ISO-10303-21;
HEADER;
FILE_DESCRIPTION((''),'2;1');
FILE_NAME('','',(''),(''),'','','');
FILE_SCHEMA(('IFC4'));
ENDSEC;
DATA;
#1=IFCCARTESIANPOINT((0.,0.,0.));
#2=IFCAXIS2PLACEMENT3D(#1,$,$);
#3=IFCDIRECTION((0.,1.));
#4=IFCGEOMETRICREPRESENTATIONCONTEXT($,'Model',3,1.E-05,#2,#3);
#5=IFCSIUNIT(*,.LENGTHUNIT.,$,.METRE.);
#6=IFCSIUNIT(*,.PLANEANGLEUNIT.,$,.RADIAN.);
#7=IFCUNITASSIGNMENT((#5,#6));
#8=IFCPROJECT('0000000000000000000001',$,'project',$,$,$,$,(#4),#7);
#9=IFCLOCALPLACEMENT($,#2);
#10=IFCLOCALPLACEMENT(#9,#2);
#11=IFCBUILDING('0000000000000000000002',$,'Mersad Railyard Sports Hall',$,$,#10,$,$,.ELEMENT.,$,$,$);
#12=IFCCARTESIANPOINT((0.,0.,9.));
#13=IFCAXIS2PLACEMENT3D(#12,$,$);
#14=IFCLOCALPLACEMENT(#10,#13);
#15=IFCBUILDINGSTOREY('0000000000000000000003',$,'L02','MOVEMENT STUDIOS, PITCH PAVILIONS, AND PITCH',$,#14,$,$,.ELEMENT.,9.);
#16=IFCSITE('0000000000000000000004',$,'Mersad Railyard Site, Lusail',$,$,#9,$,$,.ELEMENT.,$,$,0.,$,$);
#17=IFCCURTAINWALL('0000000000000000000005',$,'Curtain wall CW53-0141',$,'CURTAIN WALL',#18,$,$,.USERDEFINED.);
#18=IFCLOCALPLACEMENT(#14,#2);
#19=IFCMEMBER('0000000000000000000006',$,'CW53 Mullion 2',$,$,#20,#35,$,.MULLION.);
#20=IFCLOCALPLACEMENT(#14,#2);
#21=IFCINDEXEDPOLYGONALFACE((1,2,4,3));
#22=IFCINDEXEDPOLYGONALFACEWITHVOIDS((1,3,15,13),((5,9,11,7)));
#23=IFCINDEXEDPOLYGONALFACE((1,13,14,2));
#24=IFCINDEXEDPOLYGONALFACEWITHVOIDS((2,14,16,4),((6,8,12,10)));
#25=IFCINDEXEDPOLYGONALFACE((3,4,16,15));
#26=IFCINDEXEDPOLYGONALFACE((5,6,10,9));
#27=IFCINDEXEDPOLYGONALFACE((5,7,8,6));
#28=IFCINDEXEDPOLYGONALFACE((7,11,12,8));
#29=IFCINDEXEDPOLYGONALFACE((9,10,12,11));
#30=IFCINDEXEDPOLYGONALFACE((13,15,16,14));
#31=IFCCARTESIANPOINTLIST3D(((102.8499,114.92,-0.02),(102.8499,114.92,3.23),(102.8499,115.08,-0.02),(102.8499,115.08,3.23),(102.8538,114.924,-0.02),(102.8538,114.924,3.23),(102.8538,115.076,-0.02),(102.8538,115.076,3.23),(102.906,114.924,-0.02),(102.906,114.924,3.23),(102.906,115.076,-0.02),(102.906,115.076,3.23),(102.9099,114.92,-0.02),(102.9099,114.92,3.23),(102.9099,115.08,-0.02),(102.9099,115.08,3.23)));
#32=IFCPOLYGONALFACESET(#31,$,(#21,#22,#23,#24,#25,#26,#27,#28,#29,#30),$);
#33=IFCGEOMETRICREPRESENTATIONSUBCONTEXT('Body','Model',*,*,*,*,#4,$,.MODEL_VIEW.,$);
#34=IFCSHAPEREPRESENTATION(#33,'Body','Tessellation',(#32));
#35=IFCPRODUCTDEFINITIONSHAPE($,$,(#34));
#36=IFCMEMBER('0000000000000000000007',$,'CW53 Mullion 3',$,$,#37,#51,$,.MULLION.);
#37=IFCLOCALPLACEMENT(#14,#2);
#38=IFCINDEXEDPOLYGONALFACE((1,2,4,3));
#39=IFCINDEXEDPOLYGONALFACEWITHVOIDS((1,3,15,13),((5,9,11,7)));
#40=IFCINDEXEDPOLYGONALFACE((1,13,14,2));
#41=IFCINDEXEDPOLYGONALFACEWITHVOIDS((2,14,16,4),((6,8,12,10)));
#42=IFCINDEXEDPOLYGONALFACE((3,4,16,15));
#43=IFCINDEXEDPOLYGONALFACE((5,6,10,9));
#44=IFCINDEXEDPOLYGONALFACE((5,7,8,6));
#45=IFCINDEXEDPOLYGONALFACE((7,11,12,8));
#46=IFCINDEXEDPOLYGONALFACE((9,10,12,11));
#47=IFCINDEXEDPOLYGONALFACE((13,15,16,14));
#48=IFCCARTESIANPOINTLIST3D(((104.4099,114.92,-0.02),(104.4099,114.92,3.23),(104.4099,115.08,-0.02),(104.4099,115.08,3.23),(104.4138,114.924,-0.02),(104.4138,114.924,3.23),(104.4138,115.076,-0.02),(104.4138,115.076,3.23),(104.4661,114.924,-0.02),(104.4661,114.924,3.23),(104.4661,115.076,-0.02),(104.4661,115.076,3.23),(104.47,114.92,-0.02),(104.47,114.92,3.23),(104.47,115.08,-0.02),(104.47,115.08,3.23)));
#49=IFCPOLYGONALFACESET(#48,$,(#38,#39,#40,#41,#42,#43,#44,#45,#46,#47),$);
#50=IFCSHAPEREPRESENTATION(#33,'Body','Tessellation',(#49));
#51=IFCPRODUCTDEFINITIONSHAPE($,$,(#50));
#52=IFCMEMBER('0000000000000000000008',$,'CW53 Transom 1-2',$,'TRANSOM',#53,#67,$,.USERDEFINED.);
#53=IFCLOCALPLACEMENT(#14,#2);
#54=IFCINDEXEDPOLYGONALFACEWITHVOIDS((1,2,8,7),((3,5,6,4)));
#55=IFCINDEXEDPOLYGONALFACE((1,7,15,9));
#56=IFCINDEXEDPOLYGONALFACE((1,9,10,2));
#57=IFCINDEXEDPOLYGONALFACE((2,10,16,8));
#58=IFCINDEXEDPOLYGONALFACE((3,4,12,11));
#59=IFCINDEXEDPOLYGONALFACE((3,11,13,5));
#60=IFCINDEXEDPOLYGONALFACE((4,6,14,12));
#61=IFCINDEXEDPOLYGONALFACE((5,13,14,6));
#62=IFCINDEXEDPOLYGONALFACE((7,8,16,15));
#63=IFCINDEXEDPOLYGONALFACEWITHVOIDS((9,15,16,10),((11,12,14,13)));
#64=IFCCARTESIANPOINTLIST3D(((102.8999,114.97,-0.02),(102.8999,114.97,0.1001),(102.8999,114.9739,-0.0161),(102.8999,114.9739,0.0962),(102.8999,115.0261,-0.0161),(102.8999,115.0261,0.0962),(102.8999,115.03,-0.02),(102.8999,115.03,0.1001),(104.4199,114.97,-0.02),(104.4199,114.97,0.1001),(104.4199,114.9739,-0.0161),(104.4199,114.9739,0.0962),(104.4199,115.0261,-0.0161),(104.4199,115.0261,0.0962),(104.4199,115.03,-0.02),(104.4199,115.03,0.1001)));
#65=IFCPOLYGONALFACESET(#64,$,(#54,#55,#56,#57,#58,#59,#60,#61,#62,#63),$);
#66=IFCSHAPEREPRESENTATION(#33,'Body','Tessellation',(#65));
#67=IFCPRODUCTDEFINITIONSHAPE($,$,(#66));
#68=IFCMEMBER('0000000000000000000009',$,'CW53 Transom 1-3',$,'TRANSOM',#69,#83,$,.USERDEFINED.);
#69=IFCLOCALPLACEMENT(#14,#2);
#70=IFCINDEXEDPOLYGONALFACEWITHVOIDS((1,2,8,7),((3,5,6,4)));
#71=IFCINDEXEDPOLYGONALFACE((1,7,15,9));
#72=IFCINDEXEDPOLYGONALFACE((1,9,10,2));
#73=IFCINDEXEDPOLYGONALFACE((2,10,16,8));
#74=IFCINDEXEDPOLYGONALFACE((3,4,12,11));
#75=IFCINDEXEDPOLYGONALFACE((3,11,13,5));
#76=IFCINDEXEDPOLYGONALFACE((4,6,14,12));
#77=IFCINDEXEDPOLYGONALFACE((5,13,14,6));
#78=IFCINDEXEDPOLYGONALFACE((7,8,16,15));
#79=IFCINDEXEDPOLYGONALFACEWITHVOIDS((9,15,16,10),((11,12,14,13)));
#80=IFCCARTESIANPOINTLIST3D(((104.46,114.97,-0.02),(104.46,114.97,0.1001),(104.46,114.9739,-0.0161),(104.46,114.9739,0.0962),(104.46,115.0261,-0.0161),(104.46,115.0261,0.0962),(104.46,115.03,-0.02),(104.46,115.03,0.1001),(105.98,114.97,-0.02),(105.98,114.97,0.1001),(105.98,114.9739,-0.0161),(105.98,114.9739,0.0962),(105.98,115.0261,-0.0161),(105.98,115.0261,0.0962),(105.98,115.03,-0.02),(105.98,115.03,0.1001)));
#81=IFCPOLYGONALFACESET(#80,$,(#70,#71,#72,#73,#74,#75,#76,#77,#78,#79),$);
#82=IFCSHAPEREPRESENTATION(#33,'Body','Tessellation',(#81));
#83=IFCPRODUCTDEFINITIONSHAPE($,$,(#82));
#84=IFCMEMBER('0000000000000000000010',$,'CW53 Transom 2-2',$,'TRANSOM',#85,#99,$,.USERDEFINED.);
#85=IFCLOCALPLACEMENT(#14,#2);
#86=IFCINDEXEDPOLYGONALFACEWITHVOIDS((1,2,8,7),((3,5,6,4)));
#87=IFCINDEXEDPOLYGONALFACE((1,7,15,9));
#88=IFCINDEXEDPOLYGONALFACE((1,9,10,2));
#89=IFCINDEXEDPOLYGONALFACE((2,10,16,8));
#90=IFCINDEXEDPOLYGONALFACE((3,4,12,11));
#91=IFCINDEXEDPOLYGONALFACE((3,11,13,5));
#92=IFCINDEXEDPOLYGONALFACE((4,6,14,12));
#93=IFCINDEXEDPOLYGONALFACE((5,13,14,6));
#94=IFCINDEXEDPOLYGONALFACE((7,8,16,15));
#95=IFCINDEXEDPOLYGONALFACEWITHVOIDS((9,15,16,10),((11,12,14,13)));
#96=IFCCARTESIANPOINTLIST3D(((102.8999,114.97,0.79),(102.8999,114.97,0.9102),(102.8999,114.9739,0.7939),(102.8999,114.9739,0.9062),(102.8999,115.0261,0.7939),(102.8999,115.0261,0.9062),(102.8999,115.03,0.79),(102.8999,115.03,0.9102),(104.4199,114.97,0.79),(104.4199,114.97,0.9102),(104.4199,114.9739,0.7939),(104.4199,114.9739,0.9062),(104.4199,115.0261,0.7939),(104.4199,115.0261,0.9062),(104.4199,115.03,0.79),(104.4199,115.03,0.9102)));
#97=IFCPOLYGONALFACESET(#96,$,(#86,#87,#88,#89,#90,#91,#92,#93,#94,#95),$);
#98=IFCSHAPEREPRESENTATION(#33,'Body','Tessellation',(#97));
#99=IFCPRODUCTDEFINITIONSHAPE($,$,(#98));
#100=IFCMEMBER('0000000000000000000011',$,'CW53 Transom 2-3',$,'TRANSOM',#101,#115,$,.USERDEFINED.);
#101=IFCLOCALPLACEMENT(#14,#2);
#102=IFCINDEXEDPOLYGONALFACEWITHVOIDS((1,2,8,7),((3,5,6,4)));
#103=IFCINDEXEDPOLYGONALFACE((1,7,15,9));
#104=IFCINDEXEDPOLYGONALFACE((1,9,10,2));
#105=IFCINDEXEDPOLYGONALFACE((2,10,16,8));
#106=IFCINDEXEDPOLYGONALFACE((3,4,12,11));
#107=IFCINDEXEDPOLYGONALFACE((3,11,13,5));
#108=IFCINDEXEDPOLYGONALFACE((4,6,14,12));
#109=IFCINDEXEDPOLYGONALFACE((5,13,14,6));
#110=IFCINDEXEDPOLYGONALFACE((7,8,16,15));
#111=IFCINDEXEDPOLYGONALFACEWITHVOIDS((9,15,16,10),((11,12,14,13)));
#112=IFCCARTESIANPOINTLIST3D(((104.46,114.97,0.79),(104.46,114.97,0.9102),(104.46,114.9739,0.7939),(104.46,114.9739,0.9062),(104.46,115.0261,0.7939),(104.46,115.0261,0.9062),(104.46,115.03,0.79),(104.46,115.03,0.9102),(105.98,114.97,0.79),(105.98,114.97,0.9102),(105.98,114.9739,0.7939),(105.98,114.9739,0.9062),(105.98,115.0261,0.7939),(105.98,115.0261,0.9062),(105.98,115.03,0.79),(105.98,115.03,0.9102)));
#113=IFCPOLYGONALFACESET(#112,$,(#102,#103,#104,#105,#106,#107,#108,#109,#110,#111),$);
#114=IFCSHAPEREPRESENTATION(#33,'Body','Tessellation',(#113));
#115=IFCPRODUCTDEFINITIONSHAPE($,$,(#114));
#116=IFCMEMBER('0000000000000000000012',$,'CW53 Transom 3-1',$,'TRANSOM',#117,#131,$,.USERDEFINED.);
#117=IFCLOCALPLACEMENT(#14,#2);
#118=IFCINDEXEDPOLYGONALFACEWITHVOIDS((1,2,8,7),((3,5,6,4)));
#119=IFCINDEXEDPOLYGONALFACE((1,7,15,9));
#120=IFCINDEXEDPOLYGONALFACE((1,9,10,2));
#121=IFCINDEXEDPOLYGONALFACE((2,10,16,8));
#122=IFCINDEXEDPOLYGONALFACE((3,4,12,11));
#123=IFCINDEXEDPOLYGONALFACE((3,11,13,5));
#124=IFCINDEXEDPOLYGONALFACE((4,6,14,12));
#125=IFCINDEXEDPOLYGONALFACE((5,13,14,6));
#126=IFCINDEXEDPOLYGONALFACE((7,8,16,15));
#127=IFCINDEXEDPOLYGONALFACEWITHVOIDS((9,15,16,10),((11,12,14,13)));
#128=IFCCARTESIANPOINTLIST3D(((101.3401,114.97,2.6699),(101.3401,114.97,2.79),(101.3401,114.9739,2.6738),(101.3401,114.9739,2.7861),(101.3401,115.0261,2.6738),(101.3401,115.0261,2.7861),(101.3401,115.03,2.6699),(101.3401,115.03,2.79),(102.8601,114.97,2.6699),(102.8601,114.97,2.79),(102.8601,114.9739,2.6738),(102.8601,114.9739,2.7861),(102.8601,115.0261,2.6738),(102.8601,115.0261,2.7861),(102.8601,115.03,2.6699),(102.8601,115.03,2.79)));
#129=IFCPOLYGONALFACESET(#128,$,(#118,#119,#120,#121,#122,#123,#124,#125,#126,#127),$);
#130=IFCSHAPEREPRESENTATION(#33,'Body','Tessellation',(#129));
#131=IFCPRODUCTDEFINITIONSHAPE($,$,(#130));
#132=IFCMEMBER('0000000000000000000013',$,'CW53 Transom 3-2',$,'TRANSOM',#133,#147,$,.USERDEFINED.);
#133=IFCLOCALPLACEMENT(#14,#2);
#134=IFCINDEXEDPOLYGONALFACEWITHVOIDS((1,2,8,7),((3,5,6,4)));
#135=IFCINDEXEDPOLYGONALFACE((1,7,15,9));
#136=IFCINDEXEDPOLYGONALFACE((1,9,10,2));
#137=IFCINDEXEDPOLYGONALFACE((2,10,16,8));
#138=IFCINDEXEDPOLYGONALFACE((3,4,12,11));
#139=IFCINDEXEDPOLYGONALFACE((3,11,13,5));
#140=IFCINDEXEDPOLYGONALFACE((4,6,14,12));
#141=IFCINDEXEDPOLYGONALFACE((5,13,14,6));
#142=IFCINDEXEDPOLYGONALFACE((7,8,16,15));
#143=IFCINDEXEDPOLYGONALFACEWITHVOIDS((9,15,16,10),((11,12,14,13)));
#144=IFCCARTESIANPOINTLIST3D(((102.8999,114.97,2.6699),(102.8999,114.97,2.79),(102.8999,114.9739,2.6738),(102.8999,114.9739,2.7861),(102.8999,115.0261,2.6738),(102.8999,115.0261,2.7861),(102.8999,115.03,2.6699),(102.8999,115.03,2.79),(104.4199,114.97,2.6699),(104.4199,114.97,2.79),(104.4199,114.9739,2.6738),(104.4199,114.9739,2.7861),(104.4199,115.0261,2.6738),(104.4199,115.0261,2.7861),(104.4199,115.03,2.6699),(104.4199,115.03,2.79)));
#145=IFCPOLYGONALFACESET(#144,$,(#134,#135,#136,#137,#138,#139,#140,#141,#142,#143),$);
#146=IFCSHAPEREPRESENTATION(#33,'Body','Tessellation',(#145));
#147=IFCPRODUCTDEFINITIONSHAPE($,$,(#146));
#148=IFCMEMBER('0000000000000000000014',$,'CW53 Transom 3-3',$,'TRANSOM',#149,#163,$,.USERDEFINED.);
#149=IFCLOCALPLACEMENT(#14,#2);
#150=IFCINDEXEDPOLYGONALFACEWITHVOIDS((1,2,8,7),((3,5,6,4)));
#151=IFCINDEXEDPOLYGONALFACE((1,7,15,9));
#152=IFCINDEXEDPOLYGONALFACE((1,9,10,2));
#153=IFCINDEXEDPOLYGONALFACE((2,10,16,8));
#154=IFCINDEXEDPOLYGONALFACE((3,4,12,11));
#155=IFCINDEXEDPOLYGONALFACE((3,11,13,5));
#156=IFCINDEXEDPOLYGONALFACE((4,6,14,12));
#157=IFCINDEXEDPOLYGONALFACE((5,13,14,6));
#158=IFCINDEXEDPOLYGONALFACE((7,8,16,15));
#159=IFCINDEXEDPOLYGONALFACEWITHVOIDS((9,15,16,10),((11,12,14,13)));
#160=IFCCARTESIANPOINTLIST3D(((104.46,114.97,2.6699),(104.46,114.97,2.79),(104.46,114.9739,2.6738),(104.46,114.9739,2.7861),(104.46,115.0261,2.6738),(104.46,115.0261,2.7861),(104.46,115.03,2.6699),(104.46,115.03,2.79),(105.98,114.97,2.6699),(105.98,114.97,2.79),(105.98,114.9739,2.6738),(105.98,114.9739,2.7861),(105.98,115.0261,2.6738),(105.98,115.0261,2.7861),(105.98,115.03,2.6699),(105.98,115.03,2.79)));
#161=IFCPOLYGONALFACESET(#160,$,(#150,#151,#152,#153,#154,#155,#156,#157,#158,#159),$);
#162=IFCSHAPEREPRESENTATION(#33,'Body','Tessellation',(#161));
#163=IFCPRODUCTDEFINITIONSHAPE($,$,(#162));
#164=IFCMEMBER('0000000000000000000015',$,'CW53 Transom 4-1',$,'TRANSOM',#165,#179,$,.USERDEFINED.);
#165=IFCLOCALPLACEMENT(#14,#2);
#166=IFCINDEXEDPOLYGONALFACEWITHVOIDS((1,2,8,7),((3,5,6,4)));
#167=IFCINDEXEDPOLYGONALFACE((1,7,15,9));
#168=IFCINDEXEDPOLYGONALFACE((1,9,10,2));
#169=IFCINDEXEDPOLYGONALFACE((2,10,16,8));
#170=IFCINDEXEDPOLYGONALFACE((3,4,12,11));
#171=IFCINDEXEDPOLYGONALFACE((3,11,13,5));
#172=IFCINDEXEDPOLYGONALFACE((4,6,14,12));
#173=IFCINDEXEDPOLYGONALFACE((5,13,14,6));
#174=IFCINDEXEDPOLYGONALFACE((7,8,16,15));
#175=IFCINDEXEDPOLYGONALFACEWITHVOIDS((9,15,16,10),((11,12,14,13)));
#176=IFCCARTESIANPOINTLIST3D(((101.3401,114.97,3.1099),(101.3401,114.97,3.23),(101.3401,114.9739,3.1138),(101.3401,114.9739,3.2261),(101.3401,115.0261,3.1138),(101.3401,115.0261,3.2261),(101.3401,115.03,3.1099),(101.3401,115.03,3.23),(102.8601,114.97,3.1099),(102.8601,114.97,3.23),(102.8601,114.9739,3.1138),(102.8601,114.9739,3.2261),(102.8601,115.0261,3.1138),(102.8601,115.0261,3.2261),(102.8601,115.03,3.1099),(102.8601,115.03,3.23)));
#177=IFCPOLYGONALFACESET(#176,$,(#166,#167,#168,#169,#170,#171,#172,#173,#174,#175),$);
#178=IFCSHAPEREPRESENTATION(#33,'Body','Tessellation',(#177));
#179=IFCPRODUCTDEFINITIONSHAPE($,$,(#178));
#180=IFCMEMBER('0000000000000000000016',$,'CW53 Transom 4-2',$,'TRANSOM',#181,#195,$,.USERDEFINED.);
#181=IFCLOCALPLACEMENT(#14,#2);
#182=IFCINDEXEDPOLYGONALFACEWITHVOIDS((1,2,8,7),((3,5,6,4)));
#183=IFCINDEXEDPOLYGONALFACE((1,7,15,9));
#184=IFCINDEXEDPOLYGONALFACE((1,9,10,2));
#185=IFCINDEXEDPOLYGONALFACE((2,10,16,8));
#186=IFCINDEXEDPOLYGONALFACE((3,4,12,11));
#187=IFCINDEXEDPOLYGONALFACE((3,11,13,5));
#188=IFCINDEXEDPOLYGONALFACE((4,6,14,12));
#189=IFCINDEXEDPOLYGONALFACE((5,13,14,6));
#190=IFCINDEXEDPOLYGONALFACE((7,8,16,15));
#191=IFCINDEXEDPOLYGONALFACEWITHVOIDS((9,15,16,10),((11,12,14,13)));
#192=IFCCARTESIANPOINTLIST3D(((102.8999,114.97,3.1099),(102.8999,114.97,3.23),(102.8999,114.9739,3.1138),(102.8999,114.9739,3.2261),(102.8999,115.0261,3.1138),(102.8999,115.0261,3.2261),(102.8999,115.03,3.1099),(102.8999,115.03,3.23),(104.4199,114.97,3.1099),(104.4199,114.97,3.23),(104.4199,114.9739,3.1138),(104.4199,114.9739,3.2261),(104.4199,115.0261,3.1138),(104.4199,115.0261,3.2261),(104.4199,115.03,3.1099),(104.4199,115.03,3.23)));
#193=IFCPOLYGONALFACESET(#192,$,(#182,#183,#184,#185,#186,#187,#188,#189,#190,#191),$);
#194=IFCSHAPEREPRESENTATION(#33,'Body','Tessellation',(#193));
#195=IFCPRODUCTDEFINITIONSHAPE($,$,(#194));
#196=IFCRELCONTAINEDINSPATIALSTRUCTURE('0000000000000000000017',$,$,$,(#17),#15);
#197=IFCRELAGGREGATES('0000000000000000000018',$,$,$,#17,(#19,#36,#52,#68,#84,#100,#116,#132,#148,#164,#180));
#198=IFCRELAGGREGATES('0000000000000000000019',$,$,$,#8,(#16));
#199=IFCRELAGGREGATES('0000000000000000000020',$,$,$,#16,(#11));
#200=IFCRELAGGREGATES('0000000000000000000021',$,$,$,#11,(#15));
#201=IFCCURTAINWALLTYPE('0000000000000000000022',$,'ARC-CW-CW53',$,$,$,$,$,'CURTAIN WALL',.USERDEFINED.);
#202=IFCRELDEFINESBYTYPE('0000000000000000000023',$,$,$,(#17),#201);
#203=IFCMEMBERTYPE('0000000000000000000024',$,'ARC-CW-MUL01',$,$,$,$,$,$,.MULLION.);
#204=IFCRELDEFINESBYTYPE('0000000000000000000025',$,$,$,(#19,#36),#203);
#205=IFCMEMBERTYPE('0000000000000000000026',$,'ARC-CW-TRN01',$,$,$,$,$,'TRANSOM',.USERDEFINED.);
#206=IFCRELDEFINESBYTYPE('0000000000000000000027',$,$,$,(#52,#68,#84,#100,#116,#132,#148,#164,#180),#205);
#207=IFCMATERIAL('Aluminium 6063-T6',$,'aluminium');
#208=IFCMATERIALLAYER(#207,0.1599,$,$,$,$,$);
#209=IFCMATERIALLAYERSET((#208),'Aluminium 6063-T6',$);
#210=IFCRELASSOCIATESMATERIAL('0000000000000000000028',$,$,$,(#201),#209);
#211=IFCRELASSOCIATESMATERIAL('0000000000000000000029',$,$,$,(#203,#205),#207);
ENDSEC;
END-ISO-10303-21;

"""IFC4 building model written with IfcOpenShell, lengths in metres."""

from ifc_helpers import new_model, si_unit, direction, frame, origin, origin_2d, place, context, subcontext, project, spatial, hollow_rectangle, extrude, material, layer, layer_set, material_profile, profile_set, type_object, element, aggregate, save


model = new_model("IFC4")

# Units and contexts
model_context = context("Model", 3, precision=1e-05, world=origin(), true_north=direction((0.0, 1.0)))
body_context = subcontext(model_context, "Body", "Model", "MODEL_VIEW")
ifc_project = project(units=[si_unit("LENGTHUNIT", "METRE"), si_unit("PLANEANGLEUNIT", "RADIAN")], contexts=[model_context])

# Site, building, storey
site_placement = place(None, origin())
site = spatial("IfcSite", under=ifc_project, at=site_placement, Name="Mersad Railyard Site, Lusail", CompositionType="ELEMENT", RefElevation=0.0)
building_placement = place(site_placement, origin())
building = spatial("IfcBuilding", under=site, at=building_placement, Name="Mersad Railyard Sports Hall", CompositionType="ELEMENT")
storey_placement = place(building_placement, frame((0.0, 0.0, 9.0)))
storey = spatial("IfcBuildingStorey", under=building, at=storey_placement, Name="L02", Description="MOVEMENT STUDIOS, PITCH PAVILIONS, AND PITCH", CompositionType="ELEMENT", Elevation=9.0)

# Curtain wall, members
ifc_material_1 = material(Name="Aluminium 6063-T6", Category="aluminium")
ifc_layer_1 = layer(ifc_material_1, 0.1599)
ifc_layer_set_1 = layer_set([ifc_layer_1], Name="Aluminium 6063-T6")
curtain_wall_type = type_object("IfcCurtainWallType", Name="ARC-CW-CW53", ElementType="CURTAIN WALL", PredefinedType="USERDEFINED", material=ifc_layer_set_1)
curtain_wall_placement = place(storey_placement, origin())
curtain_wall = element("IfcCurtainWall", 1, at=curtain_wall_placement, inside=storey, type_object=curtain_wall_type, Name="Curtain wall CW53-0141", ObjectType="CURTAIN WALL", PredefinedType="USERDEFINED")
ifc_material_profile_1 = material_profile(ifc_material_1, hollow_rectangle(XDim=0.0601, YDim=0.1599, WallThickness=0.0039, at=origin_2d()), Name="AL MULLION 60x160x4")
ifc_profile_set_1 = profile_set([ifc_material_profile_1], Name="Aluminium 6063-T6")
member_type_1 = type_object("IfcMemberType", Name="ARC-CW-MUL01", PredefinedType="MULLION", material=ifc_profile_set_1)
member_1_placement = place(storey_placement, frame((102.8799, 115.0, -0.02), z_axis=(0.0, 0.0, 1.0), x_axis=(1.0, 0.0, 0.0)))
member_1 = element("IfcMember", 2, at=member_1_placement, type_object=member_type_1, Name="CW53 Mullion 2", PredefinedType="MULLION", context=body_context, shape_type="SweptSolid", body=[
    extrude(hollow_rectangle(XDim=0.0601, YDim=0.1599, WallThickness=0.0039, at=origin_2d()), origin(), (0.0, 0.0, 1.0), 3.25),
])
member_2_placement = place(storey_placement, frame((104.4399, 115.0, -0.02), z_axis=(0.0, 0.0, 1.0), x_axis=(1.0, 0.0, 0.0)))
member_2 = element("IfcMember", 3, at=member_2_placement, type_object=member_type_1, Name="CW53 Mullion 3", PredefinedType="MULLION", context=body_context, shape_type="SweptSolid", body=[
    extrude(hollow_rectangle(XDim=0.0601, YDim=0.1599, WallThickness=0.0039, at=origin_2d()), origin(), (0.0, 0.0, 1.0), 3.25),
])
ifc_material_profile_2 = material_profile(ifc_material_1, hollow_rectangle(XDim=0.0601, YDim=0.1201, WallThickness=0.0039, at=origin_2d()), Name="AL TRANSOM 60x120x4")
ifc_profile_set_2 = profile_set([ifc_material_profile_2], Name="Aluminium 6063-T6")
member_type_2 = type_object("IfcMemberType", Name="ARC-CW-TRN01", ElementType="TRANSOM", PredefinedType="USERDEFINED", material=ifc_profile_set_2)
member_3_placement = place(storey_placement, frame((102.8999, 115.0, 0.04), z_axis=(1.0, 0.0, 0.0), x_axis=(0.0, 1.0, 0.0)))
member_3 = element("IfcMember", 4, at=member_3_placement, type_object=member_type_2, Name="CW53 Transom 1-2", ObjectType="TRANSOM", PredefinedType="USERDEFINED", context=body_context, shape_type="SweptSolid", body=[
    extrude(hollow_rectangle(XDim=0.0601, YDim=0.1201, WallThickness=0.0039, at=origin_2d()), origin(), (0.0, 0.0, 1.0), 1.52),
])
member_4_placement = place(storey_placement, frame((104.46, 115.0, 0.04), z_axis=(1.0, 0.0, 0.0), x_axis=(0.0, 1.0, 0.0)))
member_4 = element("IfcMember", 5, at=member_4_placement, type_object=member_type_2, Name="CW53 Transom 1-3", ObjectType="TRANSOM", PredefinedType="USERDEFINED", context=body_context, shape_type="SweptSolid", body=[
    extrude(hollow_rectangle(XDim=0.0601, YDim=0.1201, WallThickness=0.0039, at=origin_2d()), origin(), (0.0, 0.0, 1.0), 1.52),
])
member_5_placement = place(storey_placement, frame((102.8999, 115.0, 0.8501), z_axis=(1.0, 0.0, 0.0), x_axis=(0.0, 1.0, 0.0)))
member_5 = element("IfcMember", 6, at=member_5_placement, type_object=member_type_2, Name="CW53 Transom 2-2", ObjectType="TRANSOM", PredefinedType="USERDEFINED", context=body_context, shape_type="SweptSolid", body=[
    extrude(hollow_rectangle(XDim=0.0601, YDim=0.1201, WallThickness=0.0039, at=origin_2d()), origin(), (0.0, 0.0, 1.0), 1.52),
])
member_6_placement = place(storey_placement, frame((104.46, 115.0, 0.8501), z_axis=(1.0, 0.0, 0.0), x_axis=(0.0, 1.0, 0.0)))
member_6 = element("IfcMember", 7, at=member_6_placement, type_object=member_type_2, Name="CW53 Transom 2-3", ObjectType="TRANSOM", PredefinedType="USERDEFINED", context=body_context, shape_type="SweptSolid", body=[
    extrude(hollow_rectangle(XDim=0.0601, YDim=0.1201, WallThickness=0.0039, at=origin_2d()), origin(), (0.0, 0.0, 1.0), 1.52),
])
member_7_placement = place(storey_placement, frame((101.3401, 115.0, 2.73), z_axis=(1.0, 0.0, 0.0), x_axis=(0.0, 1.0, 0.0)))
member_7 = element("IfcMember", 8, at=member_7_placement, type_object=member_type_2, Name="CW53 Transom 3-1", ObjectType="TRANSOM", PredefinedType="USERDEFINED", context=body_context, shape_type="SweptSolid", body=[
    extrude(hollow_rectangle(XDim=0.0601, YDim=0.1201, WallThickness=0.0039, at=origin_2d()), origin(), (0.0, 0.0, 1.0), 1.52),
])
member_8_placement = place(storey_placement, frame((102.8999, 115.0, 2.73), z_axis=(1.0, 0.0, 0.0), x_axis=(0.0, 1.0, 0.0)))
member_8 = element("IfcMember", 9, at=member_8_placement, type_object=member_type_2, Name="CW53 Transom 3-2", ObjectType="TRANSOM", PredefinedType="USERDEFINED", context=body_context, shape_type="SweptSolid", body=[
    extrude(hollow_rectangle(XDim=0.0601, YDim=0.1201, WallThickness=0.0039, at=origin_2d()), origin(), (0.0, 0.0, 1.0), 1.52),
])
member_9_placement = place(storey_placement, frame((104.46, 115.0, 2.73), z_axis=(1.0, 0.0, 0.0), x_axis=(0.0, 1.0, 0.0)))
member_9 = element("IfcMember", 10, at=member_9_placement, type_object=member_type_2, Name="CW53 Transom 3-3", ObjectType="TRANSOM", PredefinedType="USERDEFINED", context=body_context, shape_type="SweptSolid", body=[
    extrude(hollow_rectangle(XDim=0.0601, YDim=0.1201, WallThickness=0.0039, at=origin_2d()), origin(), (0.0, 0.0, 1.0), 1.52),
])
member_10_placement = place(storey_placement, frame((101.3401, 115.0, 3.1699), z_axis=(1.0, 0.0, 0.0), x_axis=(0.0, 1.0, 0.0)))
member_10 = element("IfcMember", 11, at=member_10_placement, type_object=member_type_2, Name="CW53 Transom 4-1", ObjectType="TRANSOM", PredefinedType="USERDEFINED", context=body_context, shape_type="SweptSolid", body=[
    extrude(hollow_rectangle(XDim=0.0601, YDim=0.1201, WallThickness=0.0039, at=origin_2d()), origin(), (0.0, 0.0, 1.0), 1.52),
])
member_11_placement = place(storey_placement, frame((102.8999, 115.0, 3.1699), z_axis=(1.0, 0.0, 0.0), x_axis=(0.0, 1.0, 0.0)))
member_11 = element("IfcMember", 12, at=member_11_placement, type_object=member_type_2, Name="CW53 Transom 4-2", ObjectType="TRANSOM", PredefinedType="USERDEFINED", context=body_context, shape_type="SweptSolid", body=[
    extrude(hollow_rectangle(XDim=0.0601, YDim=0.1201, WallThickness=0.0039, at=origin_2d()), origin(), (0.0, 0.0, 1.0), 1.52),
])
aggregate(curtain_wall, [member_1, member_2, member_3, member_4, member_5, member_6, member_7, member_8, member_9, member_10, member_11])

save(model, "model.ifc")
